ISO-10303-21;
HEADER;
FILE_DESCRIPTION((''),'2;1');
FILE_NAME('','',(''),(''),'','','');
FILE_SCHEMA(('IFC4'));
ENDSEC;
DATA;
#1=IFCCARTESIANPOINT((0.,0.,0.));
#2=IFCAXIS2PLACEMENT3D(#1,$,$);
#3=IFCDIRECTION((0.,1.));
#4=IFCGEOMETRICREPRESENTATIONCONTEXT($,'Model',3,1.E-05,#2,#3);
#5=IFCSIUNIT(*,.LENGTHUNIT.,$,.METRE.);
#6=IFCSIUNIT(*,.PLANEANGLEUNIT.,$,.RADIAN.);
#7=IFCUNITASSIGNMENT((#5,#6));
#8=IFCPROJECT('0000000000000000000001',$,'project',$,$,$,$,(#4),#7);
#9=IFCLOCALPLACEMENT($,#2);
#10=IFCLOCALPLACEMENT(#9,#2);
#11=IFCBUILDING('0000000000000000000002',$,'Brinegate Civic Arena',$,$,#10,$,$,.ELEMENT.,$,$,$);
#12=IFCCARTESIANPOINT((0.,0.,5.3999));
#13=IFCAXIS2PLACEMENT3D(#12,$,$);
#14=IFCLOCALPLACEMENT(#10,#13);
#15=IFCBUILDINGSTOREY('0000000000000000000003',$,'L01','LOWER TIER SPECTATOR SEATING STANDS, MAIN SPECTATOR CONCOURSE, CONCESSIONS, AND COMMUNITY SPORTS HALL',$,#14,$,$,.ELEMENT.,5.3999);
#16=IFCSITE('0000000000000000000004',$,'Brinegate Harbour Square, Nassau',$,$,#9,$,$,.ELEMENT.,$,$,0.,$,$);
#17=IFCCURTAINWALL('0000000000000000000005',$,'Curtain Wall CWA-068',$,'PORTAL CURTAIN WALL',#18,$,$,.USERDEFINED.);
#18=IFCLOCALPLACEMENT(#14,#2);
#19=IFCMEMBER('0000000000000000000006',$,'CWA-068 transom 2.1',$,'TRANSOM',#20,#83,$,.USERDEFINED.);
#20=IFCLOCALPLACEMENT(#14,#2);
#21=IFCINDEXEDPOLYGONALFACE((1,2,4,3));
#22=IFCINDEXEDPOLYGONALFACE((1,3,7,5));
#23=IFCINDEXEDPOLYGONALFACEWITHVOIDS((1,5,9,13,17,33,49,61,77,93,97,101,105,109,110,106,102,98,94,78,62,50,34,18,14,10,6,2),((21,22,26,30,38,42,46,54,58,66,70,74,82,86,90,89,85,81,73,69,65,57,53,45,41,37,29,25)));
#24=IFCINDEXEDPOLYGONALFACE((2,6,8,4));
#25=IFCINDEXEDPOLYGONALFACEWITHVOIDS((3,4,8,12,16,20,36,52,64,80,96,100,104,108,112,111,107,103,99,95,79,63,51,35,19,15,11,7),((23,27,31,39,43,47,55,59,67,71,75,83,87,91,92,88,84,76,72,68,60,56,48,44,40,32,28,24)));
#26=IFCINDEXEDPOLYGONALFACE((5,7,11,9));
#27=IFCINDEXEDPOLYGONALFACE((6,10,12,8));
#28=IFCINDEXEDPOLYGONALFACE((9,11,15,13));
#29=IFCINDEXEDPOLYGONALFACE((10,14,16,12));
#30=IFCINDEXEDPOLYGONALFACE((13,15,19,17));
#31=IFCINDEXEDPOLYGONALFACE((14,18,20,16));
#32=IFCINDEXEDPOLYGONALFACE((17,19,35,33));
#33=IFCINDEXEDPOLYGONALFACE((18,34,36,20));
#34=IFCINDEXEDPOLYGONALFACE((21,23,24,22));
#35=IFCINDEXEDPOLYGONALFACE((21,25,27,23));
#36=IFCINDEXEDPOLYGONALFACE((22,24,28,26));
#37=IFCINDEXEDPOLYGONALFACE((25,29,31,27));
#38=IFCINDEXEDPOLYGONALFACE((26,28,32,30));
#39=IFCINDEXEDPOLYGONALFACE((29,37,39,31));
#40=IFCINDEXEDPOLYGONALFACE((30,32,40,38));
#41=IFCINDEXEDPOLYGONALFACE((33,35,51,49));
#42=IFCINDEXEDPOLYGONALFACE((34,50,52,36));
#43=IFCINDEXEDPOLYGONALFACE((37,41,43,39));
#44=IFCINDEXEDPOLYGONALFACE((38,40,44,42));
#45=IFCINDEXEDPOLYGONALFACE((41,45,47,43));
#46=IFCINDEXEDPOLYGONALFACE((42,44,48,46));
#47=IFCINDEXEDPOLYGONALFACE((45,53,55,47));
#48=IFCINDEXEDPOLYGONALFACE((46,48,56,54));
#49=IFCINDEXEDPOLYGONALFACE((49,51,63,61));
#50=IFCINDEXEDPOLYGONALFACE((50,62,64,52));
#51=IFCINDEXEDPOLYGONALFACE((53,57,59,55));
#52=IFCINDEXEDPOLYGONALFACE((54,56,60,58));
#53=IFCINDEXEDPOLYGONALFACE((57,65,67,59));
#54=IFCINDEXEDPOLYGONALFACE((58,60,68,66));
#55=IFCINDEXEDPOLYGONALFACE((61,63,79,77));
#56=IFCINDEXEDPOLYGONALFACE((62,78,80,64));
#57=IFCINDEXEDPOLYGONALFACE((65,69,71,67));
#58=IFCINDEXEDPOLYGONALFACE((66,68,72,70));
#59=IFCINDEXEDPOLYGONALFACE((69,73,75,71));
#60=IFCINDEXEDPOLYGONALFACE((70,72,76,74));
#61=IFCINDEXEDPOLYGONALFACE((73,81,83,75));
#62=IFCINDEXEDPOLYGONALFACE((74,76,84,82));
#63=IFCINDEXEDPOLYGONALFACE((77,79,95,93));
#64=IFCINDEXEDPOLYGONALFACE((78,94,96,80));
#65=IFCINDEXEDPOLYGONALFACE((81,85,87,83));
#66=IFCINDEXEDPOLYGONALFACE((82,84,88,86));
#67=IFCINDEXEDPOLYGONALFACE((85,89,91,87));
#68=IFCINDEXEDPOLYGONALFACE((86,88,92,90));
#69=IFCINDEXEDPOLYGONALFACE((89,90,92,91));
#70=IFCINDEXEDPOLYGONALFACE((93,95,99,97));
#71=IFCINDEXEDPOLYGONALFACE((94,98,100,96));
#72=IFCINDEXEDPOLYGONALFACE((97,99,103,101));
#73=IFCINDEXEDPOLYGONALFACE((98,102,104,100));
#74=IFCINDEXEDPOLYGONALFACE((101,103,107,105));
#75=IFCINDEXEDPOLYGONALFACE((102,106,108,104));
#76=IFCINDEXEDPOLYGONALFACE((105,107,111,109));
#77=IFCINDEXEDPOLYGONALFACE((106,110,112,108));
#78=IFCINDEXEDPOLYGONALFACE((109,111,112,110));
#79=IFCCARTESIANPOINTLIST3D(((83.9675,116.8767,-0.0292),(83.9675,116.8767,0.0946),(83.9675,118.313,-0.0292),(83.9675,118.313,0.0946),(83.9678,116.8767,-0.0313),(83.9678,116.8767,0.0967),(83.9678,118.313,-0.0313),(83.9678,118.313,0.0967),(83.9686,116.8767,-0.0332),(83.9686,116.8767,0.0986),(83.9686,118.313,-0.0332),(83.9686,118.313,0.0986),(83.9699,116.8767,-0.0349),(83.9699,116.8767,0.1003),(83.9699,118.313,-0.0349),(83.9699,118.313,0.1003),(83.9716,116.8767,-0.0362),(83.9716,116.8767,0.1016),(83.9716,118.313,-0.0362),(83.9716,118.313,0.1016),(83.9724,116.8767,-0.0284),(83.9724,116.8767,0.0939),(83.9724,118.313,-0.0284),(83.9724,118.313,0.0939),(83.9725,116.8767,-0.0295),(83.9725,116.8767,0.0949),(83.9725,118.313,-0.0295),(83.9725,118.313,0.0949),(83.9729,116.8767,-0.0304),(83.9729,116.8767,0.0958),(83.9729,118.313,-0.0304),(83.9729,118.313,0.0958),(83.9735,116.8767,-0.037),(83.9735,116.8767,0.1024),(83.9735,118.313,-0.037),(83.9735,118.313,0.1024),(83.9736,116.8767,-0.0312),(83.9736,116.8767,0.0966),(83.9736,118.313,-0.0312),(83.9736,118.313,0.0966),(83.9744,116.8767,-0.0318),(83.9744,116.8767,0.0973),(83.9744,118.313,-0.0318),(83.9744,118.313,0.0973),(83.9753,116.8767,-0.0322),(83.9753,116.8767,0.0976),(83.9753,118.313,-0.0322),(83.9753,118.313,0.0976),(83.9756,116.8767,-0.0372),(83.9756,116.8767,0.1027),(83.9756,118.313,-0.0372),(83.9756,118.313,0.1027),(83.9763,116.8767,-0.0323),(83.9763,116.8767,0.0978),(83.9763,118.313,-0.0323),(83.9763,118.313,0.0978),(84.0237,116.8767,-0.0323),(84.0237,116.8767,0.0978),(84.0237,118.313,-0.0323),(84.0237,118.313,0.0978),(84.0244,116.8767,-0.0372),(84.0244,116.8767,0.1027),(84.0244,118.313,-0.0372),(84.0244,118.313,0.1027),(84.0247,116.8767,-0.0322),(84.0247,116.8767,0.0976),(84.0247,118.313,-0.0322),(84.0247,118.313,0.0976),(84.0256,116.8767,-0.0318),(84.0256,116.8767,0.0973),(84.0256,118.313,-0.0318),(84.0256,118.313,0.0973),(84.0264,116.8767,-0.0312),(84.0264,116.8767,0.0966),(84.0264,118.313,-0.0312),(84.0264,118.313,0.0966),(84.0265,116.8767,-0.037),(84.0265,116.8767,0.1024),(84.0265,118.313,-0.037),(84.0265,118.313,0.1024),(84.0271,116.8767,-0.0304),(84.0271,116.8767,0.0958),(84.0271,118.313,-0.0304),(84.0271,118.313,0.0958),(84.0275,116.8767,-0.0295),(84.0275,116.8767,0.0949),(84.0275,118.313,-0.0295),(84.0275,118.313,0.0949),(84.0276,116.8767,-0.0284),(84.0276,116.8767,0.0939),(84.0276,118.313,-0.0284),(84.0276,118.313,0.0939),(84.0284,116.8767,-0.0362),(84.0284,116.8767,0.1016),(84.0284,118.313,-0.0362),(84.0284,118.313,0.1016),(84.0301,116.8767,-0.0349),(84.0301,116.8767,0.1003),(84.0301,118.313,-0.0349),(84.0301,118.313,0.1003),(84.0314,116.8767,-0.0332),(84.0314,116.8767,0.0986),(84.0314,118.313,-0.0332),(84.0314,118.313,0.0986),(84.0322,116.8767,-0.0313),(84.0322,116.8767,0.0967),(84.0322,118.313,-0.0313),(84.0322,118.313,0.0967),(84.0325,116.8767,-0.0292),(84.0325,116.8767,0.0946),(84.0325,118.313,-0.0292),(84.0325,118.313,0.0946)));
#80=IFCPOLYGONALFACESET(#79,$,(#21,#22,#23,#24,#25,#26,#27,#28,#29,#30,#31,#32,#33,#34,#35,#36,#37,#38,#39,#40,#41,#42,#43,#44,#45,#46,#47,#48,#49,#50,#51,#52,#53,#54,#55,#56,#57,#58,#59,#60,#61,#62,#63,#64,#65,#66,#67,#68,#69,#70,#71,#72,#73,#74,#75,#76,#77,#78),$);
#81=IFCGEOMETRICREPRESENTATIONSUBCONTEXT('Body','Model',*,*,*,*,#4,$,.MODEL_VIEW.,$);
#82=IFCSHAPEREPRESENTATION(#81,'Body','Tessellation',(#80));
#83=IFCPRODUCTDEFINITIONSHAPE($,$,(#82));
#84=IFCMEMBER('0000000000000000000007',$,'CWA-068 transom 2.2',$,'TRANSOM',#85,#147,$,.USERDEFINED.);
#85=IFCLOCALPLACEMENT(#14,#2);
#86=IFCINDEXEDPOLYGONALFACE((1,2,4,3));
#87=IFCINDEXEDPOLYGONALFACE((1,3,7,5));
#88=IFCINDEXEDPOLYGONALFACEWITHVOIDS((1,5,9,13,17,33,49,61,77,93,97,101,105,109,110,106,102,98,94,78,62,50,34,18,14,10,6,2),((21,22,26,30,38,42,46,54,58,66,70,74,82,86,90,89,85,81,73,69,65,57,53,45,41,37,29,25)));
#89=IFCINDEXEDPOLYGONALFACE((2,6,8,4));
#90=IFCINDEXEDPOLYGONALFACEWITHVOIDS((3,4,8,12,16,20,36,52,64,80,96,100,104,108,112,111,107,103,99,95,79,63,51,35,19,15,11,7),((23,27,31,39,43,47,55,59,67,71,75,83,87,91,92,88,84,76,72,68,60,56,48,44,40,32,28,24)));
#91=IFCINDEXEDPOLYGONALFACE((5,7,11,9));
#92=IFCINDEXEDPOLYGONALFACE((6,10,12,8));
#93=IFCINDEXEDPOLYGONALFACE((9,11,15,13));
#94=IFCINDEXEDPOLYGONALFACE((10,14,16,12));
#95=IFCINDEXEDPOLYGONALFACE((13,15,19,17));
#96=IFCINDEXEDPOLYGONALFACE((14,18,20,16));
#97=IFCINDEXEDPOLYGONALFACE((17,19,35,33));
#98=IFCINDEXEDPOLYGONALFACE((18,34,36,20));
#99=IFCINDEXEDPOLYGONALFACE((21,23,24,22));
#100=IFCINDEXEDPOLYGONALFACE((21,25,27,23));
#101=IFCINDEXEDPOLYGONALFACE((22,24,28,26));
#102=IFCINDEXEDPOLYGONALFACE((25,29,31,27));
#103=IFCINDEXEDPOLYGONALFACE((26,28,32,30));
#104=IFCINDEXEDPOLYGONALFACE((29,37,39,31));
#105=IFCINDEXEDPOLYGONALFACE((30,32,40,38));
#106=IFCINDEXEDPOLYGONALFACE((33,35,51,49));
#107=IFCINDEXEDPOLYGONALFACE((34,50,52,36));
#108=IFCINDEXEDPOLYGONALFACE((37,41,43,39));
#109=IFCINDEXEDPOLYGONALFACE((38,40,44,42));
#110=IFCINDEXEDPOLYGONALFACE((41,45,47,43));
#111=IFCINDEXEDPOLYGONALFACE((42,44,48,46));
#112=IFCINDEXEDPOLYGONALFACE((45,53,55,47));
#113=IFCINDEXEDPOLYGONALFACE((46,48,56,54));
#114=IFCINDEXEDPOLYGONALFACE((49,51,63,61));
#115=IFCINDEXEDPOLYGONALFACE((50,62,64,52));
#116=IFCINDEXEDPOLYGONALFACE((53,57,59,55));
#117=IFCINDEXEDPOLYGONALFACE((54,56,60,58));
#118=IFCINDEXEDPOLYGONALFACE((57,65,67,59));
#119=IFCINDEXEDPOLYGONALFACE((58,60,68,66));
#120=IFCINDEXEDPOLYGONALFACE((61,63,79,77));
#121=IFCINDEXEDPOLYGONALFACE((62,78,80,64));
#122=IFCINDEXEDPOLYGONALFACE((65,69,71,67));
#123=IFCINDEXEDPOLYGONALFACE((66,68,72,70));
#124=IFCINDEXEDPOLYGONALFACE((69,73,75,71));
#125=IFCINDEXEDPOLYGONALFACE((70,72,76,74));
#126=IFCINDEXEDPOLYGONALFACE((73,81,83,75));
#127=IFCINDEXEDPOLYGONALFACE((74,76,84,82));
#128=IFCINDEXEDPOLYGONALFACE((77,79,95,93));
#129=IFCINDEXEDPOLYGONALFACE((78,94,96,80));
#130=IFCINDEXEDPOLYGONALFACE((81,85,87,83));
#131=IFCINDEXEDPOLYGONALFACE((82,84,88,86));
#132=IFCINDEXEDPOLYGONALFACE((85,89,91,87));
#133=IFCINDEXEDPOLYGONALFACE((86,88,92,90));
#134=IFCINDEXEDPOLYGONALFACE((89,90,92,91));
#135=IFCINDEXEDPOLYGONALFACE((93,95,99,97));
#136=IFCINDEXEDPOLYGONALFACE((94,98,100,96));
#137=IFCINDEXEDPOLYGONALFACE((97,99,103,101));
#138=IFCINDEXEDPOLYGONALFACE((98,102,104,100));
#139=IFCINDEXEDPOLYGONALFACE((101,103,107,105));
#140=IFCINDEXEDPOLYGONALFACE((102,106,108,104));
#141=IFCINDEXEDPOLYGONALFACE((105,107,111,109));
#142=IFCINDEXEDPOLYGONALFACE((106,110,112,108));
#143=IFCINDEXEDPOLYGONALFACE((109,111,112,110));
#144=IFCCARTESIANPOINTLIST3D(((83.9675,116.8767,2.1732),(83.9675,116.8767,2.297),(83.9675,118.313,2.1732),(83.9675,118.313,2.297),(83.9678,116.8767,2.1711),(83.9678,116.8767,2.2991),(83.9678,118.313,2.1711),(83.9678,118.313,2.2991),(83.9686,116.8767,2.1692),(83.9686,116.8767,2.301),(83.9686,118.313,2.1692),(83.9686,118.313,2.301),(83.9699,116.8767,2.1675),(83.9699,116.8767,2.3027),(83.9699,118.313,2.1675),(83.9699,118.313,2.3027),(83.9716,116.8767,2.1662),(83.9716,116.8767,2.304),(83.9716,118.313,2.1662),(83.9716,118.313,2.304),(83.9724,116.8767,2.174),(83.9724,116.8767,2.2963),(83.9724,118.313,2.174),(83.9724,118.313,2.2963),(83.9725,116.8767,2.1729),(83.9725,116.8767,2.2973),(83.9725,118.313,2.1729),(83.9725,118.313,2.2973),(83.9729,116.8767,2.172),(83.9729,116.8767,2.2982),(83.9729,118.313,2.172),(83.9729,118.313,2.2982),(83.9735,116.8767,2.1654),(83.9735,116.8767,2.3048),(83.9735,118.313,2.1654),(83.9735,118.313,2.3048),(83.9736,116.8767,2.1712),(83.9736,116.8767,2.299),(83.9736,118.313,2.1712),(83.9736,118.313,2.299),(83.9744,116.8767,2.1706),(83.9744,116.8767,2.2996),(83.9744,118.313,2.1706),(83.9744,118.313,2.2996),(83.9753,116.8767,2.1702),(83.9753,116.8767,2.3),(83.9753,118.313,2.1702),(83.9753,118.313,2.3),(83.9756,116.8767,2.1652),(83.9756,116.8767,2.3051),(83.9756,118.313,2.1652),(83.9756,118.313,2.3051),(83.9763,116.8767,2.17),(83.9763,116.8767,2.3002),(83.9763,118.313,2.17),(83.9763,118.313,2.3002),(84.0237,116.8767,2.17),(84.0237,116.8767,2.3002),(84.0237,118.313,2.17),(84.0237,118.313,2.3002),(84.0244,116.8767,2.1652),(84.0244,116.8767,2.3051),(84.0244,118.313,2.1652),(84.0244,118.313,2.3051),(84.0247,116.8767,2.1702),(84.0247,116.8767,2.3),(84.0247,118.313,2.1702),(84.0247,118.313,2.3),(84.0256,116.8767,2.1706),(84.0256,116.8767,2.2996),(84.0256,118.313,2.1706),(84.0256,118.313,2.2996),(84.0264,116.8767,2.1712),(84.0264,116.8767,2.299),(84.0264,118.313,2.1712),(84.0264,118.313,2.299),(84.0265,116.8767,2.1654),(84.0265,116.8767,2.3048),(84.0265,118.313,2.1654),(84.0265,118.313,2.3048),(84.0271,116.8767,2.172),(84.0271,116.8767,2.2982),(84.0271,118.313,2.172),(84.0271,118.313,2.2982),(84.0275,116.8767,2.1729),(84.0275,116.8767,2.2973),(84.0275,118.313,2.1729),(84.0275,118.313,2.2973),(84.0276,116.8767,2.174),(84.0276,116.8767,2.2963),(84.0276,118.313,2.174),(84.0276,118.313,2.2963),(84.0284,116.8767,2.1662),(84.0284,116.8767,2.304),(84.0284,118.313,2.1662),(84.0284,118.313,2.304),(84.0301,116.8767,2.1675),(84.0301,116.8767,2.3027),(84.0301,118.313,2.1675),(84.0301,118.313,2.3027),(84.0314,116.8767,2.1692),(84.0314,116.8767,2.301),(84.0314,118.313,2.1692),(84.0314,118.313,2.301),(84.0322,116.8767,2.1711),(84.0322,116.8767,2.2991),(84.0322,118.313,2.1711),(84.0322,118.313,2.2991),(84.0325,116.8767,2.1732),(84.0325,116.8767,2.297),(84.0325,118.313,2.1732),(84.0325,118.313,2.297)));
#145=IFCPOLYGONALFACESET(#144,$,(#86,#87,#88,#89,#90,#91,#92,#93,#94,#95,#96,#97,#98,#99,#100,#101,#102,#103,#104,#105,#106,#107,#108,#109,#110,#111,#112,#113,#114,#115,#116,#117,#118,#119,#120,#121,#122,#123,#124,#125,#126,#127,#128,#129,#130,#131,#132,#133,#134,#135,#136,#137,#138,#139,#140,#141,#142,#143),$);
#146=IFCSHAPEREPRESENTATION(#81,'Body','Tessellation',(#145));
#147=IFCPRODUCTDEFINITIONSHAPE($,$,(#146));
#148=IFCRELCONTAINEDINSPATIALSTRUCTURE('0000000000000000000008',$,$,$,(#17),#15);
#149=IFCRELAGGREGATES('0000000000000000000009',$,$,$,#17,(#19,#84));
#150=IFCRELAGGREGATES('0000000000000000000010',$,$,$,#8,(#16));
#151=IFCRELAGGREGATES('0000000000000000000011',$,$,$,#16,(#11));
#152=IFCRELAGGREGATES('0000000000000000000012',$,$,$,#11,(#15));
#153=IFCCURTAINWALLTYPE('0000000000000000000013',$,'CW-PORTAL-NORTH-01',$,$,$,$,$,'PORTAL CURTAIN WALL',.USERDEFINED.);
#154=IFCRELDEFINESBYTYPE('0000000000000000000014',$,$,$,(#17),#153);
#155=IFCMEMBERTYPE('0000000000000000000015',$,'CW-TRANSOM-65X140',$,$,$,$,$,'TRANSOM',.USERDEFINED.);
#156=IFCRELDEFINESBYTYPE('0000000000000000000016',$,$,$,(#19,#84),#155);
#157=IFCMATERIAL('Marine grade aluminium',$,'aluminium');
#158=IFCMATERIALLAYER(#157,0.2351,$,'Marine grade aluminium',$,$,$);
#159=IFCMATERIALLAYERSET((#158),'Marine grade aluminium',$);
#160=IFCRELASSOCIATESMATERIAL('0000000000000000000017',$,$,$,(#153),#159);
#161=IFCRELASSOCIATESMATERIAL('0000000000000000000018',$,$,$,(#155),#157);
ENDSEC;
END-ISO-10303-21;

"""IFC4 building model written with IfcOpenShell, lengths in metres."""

from ifc_helpers import new_model, si_unit, direction, frame, origin, origin_2d, place, context, subcontext, project, spatial, hollow_rectangle, extrude, material, layer, layer_set, material_profile, profile_set, type_object, element, aggregate, save


model = new_model("IFC4")

# Units and contexts
model_context = context("Model", 3, precision=1e-05, world=origin(), true_north=direction((0.0, 1.0)))
body_context = subcontext(model_context, "Body", "Model", "MODEL_VIEW")
ifc_project = project(units=[si_unit("LENGTHUNIT", "METRE"), si_unit("PLANEANGLEUNIT", "RADIAN")], contexts=[model_context])

# Site, building, storey
site_placement = place(None, origin())
site = spatial("IfcSite", under=ifc_project, at=site_placement, Name="Brinegate Harbour Square, Nassau", CompositionType="ELEMENT", RefElevation=0.0)
building_placement = place(site_placement, origin())
building = spatial("IfcBuilding", under=site, at=building_placement, Name="Brinegate Civic Arena", CompositionType="ELEMENT")
storey_placement = place(building_placement, frame((0.0, 0.0, 5.3999)))
storey = spatial("IfcBuildingStorey", under=building, at=storey_placement, Name="L01", Description="LOWER TIER SPECTATOR SEATING STANDS, MAIN SPECTATOR CONCOURSE, CONCESSIONS, AND COMMUNITY SPORTS HALL", CompositionType="ELEMENT", Elevation=5.3999)

# Curtain wall, members
ifc_material_1 = material(Name="Marine grade aluminium", Category="aluminium")
ifc_layer_1 = layer(ifc_material_1, 0.2351, Name="Marine grade aluminium")
ifc_layer_set_1 = layer_set([ifc_layer_1], Name="Marine grade aluminium")
curtain_wall_type = type_object("IfcCurtainWallType", Name="CW-PORTAL-NORTH-01", ElementType="PORTAL CURTAIN WALL", PredefinedType="USERDEFINED", material=ifc_layer_set_1)
curtain_wall_placement = place(storey_placement, origin())
curtain_wall = element("IfcCurtainWall", 1, at=curtain_wall_placement, inside=storey, type_object=curtain_wall_type, Name="Curtain Wall CWA-068", ObjectType="PORTAL CURTAIN WALL", PredefinedType="USERDEFINED")
ifc_material_profile_1 = material_profile(ifc_material_1, hollow_rectangle(XDim=0.0649, YDim=0.1399, WallThickness=0.0049, InnerFilletRadius=0.0039, OuterFilletRadius=0.0081, at=origin_2d()), Name="TRN65X140")
ifc_profile_set_1 = profile_set([ifc_material_profile_1], Name="Marine grade aluminium")
member_type_1 = type_object("IfcMemberType", Name="CW-TRANSOM-65X140", ElementType="TRANSOM", PredefinedType="USERDEFINED", material=ifc_profile_set_1)
member_1_placement = place(storey_placement, frame((84.0, 116.8767, 0.0327), z_axis=(0.0, 1.0, 0.0), x_axis=(-1.0, 0.0, 0.0)))
member_1 = element("IfcMember", 2, at=member_1_placement, type_object=member_type_1, Name="CWA-068 transom 2.1", ObjectType="TRANSOM", PredefinedType="USERDEFINED", context=body_context, shape_type="SweptSolid", body=[
    extrude(hollow_rectangle(XDim=0.0649, YDim=0.1399, WallThickness=0.0049, InnerFilletRadius=0.0039, OuterFilletRadius=0.0081, at=origin_2d()), origin(), (0.0, 0.0, 1.0), 1.4363),
])
member_2_placement = place(storey_placement, frame((84.0, 116.8767, 2.2351), z_axis=(0.0, 1.0, 0.0), x_axis=(-1.0, 0.0, 0.0)))
member_2 = element("IfcMember", 3, at=member_2_placement, type_object=member_type_1, Name="CWA-068 transom 2.2", ObjectType="TRANSOM", PredefinedType="USERDEFINED", context=body_context, shape_type="SweptSolid", body=[
    extrude(hollow_rectangle(XDim=0.0649, YDim=0.1399, WallThickness=0.0049, InnerFilletRadius=0.0039, OuterFilletRadius=0.0081, at=origin_2d()), origin(), (0.0, 0.0, 1.0), 1.4363),
])

aggregate(curtain_wall, [member_1, member_2])

save(model, "model.ifc")
